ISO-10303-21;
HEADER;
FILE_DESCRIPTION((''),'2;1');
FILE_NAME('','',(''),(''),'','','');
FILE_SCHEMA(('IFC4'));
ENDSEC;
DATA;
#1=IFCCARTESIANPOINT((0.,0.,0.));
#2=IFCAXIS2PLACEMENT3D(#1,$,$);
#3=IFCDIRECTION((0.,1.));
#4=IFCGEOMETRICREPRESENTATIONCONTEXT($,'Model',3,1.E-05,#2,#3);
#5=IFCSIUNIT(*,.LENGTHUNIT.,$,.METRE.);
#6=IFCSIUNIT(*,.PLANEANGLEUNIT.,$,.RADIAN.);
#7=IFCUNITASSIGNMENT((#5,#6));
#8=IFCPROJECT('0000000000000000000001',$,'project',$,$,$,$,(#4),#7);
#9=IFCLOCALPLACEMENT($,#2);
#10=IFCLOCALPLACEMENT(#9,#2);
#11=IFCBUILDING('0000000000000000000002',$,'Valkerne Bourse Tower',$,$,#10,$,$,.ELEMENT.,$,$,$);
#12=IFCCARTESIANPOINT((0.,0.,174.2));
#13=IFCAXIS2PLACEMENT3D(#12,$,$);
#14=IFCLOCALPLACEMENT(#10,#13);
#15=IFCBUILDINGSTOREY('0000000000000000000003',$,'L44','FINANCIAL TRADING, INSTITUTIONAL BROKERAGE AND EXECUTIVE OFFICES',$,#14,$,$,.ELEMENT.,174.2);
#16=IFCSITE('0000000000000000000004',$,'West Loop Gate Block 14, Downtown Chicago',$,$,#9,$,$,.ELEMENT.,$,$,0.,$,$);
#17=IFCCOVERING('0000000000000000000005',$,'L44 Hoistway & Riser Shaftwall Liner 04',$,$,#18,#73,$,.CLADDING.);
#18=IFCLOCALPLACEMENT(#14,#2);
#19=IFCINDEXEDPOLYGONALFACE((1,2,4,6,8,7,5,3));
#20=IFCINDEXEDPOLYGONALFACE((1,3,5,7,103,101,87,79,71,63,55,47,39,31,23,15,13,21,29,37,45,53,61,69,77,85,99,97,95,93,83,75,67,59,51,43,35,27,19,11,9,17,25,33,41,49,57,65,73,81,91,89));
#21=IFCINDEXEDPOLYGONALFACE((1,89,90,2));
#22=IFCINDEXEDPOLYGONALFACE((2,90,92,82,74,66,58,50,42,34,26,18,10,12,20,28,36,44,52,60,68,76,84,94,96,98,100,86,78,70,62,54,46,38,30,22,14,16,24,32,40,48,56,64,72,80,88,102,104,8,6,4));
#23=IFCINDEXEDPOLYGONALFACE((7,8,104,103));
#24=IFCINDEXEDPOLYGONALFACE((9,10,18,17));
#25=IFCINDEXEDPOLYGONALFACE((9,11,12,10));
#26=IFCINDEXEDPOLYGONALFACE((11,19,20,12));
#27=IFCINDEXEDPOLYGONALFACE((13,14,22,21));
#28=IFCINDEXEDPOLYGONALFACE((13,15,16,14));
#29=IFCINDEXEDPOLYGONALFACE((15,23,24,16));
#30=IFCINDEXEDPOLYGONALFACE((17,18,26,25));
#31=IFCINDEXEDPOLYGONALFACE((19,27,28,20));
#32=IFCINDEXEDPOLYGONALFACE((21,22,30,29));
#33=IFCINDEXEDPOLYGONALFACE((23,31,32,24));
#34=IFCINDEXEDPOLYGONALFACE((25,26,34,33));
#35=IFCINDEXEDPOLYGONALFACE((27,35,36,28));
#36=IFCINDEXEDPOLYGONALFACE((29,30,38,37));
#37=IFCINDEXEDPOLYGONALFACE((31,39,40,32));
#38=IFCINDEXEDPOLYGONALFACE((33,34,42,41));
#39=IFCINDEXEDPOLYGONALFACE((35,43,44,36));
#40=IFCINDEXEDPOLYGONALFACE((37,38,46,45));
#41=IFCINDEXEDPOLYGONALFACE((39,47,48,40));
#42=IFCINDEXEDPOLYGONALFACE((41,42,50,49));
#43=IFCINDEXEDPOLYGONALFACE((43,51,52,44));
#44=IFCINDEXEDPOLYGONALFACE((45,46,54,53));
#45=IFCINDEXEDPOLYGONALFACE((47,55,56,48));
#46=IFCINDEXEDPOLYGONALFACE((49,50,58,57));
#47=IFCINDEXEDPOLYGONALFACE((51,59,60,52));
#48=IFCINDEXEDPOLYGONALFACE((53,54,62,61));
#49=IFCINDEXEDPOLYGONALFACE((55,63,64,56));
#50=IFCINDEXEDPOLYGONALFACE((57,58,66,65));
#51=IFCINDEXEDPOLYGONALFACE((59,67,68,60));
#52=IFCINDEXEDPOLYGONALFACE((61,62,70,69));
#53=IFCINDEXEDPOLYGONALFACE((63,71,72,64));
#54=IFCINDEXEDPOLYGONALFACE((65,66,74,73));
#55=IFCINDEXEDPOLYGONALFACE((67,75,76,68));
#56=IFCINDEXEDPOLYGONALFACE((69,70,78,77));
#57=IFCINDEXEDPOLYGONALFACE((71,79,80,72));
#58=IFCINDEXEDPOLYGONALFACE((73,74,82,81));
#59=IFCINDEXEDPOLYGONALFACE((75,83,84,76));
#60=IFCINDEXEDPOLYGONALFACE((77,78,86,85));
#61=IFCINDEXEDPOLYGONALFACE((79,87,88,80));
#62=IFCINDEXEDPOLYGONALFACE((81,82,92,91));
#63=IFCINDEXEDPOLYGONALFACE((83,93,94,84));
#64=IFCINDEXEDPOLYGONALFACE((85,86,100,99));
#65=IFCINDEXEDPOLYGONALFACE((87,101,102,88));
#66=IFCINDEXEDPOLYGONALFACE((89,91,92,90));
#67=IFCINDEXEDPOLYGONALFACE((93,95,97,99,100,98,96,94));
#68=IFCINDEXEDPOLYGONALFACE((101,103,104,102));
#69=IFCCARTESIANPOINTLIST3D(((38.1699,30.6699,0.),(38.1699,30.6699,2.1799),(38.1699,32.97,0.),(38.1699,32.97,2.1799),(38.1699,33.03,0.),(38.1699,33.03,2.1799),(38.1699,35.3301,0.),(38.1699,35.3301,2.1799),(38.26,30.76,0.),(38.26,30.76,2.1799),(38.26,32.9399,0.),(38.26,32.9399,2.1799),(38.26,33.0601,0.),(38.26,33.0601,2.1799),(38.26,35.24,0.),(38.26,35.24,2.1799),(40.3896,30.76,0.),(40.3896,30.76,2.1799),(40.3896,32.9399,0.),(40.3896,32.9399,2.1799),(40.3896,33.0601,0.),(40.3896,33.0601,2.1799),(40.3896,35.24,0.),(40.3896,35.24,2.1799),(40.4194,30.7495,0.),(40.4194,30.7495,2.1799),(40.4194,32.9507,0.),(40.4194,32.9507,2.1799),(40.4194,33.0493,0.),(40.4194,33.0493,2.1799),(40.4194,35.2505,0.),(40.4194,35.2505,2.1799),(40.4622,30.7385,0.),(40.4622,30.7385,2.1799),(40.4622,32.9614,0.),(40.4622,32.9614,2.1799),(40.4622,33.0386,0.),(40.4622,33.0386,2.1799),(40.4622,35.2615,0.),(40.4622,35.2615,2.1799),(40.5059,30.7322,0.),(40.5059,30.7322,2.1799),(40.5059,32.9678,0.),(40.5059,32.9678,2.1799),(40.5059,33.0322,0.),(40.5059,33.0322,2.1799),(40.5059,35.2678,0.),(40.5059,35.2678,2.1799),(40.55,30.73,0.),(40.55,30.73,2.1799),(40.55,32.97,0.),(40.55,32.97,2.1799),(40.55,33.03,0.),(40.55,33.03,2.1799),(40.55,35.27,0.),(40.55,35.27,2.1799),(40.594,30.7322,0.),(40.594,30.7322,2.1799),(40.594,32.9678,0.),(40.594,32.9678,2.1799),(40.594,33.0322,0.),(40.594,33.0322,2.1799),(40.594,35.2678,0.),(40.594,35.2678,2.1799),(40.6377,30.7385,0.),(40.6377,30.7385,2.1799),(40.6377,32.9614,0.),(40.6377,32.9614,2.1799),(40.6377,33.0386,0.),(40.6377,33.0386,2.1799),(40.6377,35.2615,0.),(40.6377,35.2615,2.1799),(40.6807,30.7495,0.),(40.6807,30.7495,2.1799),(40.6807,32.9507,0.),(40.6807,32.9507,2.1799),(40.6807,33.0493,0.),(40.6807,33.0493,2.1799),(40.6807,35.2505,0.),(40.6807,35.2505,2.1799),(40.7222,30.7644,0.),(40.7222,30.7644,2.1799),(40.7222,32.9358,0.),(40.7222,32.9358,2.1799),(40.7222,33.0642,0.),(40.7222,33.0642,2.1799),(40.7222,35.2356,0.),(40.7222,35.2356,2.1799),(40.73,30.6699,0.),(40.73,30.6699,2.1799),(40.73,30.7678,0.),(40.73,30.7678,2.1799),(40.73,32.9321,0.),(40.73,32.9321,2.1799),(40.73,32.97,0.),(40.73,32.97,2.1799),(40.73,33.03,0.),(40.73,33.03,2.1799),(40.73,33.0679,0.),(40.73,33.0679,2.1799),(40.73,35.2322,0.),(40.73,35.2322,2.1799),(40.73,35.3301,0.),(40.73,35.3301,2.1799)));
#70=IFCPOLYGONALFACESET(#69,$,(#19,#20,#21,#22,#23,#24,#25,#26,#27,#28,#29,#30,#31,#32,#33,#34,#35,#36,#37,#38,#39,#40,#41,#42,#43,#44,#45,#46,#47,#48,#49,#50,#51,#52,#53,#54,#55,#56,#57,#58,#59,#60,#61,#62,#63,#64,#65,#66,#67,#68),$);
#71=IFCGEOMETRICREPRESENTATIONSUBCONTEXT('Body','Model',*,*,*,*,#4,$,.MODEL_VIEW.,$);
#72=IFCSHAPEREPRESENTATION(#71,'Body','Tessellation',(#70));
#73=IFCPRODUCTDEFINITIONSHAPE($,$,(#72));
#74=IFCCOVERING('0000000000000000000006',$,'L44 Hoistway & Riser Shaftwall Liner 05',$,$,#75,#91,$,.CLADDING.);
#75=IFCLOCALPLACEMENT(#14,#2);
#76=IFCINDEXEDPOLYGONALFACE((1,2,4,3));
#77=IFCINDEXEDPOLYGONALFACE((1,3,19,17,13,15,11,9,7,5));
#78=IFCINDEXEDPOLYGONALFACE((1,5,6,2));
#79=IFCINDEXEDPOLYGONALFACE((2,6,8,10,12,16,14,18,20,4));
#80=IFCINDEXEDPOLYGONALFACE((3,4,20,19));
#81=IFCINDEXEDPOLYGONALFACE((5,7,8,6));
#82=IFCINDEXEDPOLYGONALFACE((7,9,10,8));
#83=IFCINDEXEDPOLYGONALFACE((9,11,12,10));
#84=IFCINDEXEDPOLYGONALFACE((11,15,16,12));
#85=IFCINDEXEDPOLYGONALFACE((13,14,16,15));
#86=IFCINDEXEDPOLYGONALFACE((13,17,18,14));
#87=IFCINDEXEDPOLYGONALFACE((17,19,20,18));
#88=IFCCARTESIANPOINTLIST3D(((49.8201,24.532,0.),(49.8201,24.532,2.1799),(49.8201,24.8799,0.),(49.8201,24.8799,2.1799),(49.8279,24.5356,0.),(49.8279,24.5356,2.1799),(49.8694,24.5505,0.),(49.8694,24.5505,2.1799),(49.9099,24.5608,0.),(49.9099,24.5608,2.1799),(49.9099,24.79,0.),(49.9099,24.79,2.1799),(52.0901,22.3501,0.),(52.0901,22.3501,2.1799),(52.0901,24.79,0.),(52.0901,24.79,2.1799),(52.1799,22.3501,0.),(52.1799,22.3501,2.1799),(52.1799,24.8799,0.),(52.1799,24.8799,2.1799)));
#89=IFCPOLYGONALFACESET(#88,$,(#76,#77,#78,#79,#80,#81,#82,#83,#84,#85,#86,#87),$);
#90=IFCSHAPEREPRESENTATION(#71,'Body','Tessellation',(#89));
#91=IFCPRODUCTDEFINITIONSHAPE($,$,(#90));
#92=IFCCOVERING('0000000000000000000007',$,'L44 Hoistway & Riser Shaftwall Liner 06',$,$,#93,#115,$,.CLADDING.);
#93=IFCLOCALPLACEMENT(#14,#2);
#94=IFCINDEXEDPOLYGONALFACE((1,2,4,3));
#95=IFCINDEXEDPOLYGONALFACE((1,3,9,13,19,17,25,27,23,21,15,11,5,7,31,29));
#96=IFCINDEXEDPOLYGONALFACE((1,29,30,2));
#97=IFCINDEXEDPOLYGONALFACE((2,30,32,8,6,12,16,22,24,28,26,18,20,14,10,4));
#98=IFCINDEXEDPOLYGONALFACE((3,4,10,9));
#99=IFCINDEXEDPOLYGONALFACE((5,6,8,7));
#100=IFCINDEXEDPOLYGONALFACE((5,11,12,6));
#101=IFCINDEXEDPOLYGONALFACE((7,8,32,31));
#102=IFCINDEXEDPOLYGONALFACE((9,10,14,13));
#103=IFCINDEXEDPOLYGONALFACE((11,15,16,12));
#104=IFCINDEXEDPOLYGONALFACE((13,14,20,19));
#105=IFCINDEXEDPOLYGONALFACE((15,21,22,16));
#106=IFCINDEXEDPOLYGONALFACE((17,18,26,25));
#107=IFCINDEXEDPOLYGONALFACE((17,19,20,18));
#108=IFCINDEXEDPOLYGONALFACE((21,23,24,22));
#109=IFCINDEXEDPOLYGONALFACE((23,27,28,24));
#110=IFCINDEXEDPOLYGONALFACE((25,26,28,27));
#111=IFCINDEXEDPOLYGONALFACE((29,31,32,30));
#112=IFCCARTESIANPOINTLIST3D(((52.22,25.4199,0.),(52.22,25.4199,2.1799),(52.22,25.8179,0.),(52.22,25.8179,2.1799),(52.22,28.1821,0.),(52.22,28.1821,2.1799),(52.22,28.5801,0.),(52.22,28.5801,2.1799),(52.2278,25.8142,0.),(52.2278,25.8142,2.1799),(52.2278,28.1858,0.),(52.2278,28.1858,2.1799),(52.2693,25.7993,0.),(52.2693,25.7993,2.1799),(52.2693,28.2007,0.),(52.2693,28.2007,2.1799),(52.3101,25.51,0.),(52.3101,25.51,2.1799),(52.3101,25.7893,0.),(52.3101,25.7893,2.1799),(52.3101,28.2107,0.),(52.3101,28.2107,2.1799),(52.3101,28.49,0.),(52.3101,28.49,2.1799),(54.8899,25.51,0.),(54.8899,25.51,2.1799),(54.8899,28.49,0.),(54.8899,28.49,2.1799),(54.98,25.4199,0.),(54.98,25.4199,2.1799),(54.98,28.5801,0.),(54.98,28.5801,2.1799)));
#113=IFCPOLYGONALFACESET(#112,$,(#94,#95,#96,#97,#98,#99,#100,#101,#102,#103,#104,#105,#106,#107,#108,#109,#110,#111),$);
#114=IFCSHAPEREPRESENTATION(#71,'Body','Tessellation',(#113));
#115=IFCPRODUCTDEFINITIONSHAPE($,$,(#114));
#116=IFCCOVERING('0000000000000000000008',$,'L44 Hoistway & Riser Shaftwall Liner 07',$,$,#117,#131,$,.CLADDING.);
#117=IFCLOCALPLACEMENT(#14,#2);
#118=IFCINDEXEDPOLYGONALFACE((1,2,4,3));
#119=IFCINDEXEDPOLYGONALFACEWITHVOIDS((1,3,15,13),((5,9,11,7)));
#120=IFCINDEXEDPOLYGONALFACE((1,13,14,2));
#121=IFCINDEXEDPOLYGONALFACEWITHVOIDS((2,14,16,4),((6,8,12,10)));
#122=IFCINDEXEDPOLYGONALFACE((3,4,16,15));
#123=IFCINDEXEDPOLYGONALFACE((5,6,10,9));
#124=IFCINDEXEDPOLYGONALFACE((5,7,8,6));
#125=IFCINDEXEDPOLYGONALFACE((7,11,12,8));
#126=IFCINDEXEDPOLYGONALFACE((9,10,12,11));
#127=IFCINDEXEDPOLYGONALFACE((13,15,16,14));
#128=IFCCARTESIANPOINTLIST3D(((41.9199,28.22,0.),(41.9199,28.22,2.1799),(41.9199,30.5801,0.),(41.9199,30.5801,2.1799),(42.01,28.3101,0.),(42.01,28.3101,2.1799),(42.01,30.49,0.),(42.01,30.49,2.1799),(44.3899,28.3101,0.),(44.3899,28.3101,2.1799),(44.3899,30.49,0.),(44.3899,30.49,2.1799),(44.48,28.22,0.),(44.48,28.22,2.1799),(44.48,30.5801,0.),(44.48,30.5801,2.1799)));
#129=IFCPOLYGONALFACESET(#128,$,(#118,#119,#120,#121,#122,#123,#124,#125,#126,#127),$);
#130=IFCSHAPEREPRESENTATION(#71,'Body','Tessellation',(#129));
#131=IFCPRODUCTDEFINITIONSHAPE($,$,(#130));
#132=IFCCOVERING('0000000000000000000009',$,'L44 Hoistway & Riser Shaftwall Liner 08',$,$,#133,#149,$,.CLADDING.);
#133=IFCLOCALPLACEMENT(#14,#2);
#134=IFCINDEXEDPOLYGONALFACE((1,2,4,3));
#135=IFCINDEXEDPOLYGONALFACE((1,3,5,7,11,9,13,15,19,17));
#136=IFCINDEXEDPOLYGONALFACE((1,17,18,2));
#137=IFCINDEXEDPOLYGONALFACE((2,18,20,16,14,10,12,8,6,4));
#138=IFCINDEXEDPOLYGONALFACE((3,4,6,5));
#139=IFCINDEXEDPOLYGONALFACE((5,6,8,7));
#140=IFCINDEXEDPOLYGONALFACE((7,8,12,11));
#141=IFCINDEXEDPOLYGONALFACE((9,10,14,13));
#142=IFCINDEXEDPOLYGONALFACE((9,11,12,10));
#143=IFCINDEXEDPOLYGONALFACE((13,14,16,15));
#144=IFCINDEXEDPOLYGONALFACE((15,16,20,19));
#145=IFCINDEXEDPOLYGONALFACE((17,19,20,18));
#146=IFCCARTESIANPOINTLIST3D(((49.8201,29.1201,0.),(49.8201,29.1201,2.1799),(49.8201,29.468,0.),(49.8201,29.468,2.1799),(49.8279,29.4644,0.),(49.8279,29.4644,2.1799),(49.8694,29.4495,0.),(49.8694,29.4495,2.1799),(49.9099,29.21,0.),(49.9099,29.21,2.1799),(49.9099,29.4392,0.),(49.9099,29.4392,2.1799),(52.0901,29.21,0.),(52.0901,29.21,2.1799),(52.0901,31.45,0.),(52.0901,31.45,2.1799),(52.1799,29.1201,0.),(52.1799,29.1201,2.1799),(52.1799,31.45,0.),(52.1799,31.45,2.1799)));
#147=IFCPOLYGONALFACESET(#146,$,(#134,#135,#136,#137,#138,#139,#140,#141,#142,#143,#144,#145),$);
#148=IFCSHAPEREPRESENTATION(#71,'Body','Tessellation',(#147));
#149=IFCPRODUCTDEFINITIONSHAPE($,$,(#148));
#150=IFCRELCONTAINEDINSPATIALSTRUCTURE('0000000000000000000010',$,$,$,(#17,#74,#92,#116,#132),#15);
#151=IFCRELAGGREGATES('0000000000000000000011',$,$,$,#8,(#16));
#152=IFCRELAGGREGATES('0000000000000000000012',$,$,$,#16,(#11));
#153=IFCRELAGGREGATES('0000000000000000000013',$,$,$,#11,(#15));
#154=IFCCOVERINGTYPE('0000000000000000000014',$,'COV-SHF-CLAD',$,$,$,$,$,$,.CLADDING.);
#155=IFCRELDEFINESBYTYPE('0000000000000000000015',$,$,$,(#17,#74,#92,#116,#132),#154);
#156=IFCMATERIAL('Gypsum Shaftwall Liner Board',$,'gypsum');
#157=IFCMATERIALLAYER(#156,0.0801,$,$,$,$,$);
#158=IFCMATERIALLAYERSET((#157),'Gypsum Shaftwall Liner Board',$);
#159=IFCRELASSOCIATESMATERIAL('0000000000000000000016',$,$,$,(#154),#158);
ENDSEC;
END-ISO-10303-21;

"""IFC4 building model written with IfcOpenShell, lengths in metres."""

from ifc_helpers import new_model, si_unit, direction, frame, origin, place, context, subcontext, project, spatial, polyline, outline, extrude, material, layer, layer_set, type_object, element, save


model = new_model("IFC4")

# Units and contexts
model_context = context("Model", 3, precision=1e-05, world=origin(), true_north=direction((0.0, 1.0)))
body_context = subcontext(model_context, "Body", "Model", "MODEL_VIEW")
ifc_project = project(units=[si_unit("LENGTHUNIT", "METRE"), si_unit("PLANEANGLEUNIT", "RADIAN")], contexts=[model_context])

# Site, building, storey
site_placement = place(None, origin())
site = spatial("IfcSite", under=ifc_project, at=site_placement, Name="West Loop Gate Block 14, Downtown Chicago", CompositionType="ELEMENT", RefElevation=0.0)
building_placement = place(site_placement, origin())
building = spatial("IfcBuilding", under=site, at=building_placement, Name="Valkerne Bourse Tower", CompositionType="ELEMENT")
storey_placement = place(building_placement, frame((0.0, 0.0, 174.2)))
storey = spatial("IfcBuildingStorey", under=building, at=storey_placement, Name="L44", Description="FINANCIAL TRADING, INSTITUTIONAL BROKERAGE AND EXECUTIVE OFFICES", CompositionType="ELEMENT", Elevation=174.2)

# Coverings
ifc_material_1 = material(Name="Gypsum Shaftwall Liner Board", Category="gypsum")
ifc_layer_1 = layer(ifc_material_1, 0.0801)
ifc_layer_set_1 = layer_set([ifc_layer_1], Name="Gypsum Shaftwall Liner Board")
covering_type_1 = type_object("IfcCoveringType", Name="COV-SHF-CLAD", PredefinedType="CLADDING", material=ifc_layer_set_1)
covering_1_placement = place(storey_placement, origin())
element("IfcCovering", 1, at=covering_1_placement, inside=storey, type_object=covering_type_1, Name="L44 Hoistway & Riser Shaftwall Liner 04", PredefinedType="CLADDING", context=body_context, shape_type="SweptSolid", body=[
    extrude(outline(polyline([(38.1699, 35.3301), (40.73, 35.3301), (40.73, 35.2322), (40.7222, 35.2356), (40.6807, 35.2505), (40.6377, 35.2615), (40.594, 35.2678), (40.55, 35.27), (40.5059, 35.2678), (40.4622, 35.2615), (40.4194, 35.2505), (40.3896, 35.24), (38.26, 35.24), (38.26, 33.0601), (40.3896, 33.0601), (40.4194, 33.0493), (40.4622, 33.0386), (40.5059, 33.0322), (40.55, 33.03), (40.594, 33.0322), (40.6377, 33.0386), (40.6807, 33.0493), (40.7222, 33.0642), (40.73, 33.0679), (40.73, 33.03), (40.73, 32.97), (40.73, 32.9321), (40.7222, 32.9358), (40.6807, 32.9507), (40.6377, 32.9614), (40.594, 32.9678), (40.55, 32.97), (40.5059, 32.9678), (40.4622, 32.9614), (40.4194, 32.9507), (40.3896, 32.9399), (38.26, 32.9399), (38.26, 30.76), (40.3896, 30.76), (40.4194, 30.7495), (40.4622, 30.7385), (40.5059, 30.7322), (40.55, 30.73), (40.594, 30.7322), (40.6377, 30.7385), (40.6807, 30.7495), (40.7222, 30.7644), (40.73, 30.7678), (40.73, 30.6699), (38.1699, 30.6699), (38.1699, 32.97), (38.1699, 33.03), (38.1699, 35.3301)])), origin(), (0.0, 0.0, 1.0), 2.1799),
])
covering_2_placement = place(storey_placement, origin())
element("IfcCovering", 2, at=covering_2_placement, inside=storey, type_object=covering_type_1, Name="L44 Hoistway & Riser Shaftwall Liner 05", PredefinedType="CLADDING", context=body_context, shape_type="SweptSolid", body=[
    extrude(outline(polyline([(52.1799, 22.3501), (52.0901, 22.3501), (52.0901, 24.79), (49.9099, 24.79), (49.9099, 24.5608), (49.8694, 24.5505), (49.8279, 24.5356), (49.8201, 24.532), (49.8201, 24.8799), (52.1799, 24.8799), (52.1799, 22.3501)])), origin(), (0.0, 0.0, 1.0), 2.1799),
])
covering_3_placement = place(storey_placement, origin())
element("IfcCovering", 3, at=covering_3_placement, inside=storey, type_object=covering_type_1, Name="L44 Hoistway & Riser Shaftwall Liner 06", PredefinedType="CLADDING", context=body_context, shape_type="SweptSolid", body=[
    extrude(outline(polyline([(54.98, 25.4199), (52.22, 25.4199), (52.22, 25.8179), (52.2278, 25.8142), (52.2693, 25.7993), (52.3101, 25.7893), (52.3101, 25.51), (54.8899, 25.51), (54.8899, 28.49), (52.3101, 28.49), (52.3101, 28.2107), (52.2693, 28.2007), (52.2278, 28.1858), (52.22, 28.1821), (52.22, 28.5801), (54.98, 28.5801), (54.98, 25.4199)])), origin(), (0.0, 0.0, 1.0), 2.1799),
])
covering_4_placement = place(storey_placement, origin())
element("IfcCovering", 4, at=covering_4_placement, inside=storey, type_object=covering_type_1, Name="L44 Hoistway & Riser Shaftwall Liner 07", PredefinedType="CLADDING", context=body_context, shape_type="SweptSolid", body=[
    extrude(outline(polyline([(44.48, 28.22), (41.9199, 28.22), (41.9199, 30.5801), (44.48, 30.5801), (44.48, 28.22)]), holes=[polyline([(42.01, 30.49), (42.01, 28.3101), (44.3899, 28.3101), (44.3899, 30.49), (42.01, 30.49)])]), origin(), (0.0, 0.0, 1.0), 2.1799),
])
covering_5_placement = place(storey_placement, origin())
element("IfcCovering", 5, at=covering_5_placement, inside=storey, type_object=covering_type_1, Name="L44 Hoistway & Riser Shaftwall Liner 08", PredefinedType="CLADDING", context=body_context, shape_type="SweptSolid", body=[
    extrude(outline(polyline([(49.8201, 29.1201), (49.8201, 29.468), (49.8279, 29.4644), (49.8694, 29.4495), (49.9099, 29.4392), (49.9099, 29.21), (52.0901, 29.21), (52.0901, 31.45), (52.1799, 31.45), (52.1799, 29.1201), (49.8201, 29.1201)])), origin(), (0.0, 0.0, 1.0), 2.1799),
])

save(model, "model.ifc")
